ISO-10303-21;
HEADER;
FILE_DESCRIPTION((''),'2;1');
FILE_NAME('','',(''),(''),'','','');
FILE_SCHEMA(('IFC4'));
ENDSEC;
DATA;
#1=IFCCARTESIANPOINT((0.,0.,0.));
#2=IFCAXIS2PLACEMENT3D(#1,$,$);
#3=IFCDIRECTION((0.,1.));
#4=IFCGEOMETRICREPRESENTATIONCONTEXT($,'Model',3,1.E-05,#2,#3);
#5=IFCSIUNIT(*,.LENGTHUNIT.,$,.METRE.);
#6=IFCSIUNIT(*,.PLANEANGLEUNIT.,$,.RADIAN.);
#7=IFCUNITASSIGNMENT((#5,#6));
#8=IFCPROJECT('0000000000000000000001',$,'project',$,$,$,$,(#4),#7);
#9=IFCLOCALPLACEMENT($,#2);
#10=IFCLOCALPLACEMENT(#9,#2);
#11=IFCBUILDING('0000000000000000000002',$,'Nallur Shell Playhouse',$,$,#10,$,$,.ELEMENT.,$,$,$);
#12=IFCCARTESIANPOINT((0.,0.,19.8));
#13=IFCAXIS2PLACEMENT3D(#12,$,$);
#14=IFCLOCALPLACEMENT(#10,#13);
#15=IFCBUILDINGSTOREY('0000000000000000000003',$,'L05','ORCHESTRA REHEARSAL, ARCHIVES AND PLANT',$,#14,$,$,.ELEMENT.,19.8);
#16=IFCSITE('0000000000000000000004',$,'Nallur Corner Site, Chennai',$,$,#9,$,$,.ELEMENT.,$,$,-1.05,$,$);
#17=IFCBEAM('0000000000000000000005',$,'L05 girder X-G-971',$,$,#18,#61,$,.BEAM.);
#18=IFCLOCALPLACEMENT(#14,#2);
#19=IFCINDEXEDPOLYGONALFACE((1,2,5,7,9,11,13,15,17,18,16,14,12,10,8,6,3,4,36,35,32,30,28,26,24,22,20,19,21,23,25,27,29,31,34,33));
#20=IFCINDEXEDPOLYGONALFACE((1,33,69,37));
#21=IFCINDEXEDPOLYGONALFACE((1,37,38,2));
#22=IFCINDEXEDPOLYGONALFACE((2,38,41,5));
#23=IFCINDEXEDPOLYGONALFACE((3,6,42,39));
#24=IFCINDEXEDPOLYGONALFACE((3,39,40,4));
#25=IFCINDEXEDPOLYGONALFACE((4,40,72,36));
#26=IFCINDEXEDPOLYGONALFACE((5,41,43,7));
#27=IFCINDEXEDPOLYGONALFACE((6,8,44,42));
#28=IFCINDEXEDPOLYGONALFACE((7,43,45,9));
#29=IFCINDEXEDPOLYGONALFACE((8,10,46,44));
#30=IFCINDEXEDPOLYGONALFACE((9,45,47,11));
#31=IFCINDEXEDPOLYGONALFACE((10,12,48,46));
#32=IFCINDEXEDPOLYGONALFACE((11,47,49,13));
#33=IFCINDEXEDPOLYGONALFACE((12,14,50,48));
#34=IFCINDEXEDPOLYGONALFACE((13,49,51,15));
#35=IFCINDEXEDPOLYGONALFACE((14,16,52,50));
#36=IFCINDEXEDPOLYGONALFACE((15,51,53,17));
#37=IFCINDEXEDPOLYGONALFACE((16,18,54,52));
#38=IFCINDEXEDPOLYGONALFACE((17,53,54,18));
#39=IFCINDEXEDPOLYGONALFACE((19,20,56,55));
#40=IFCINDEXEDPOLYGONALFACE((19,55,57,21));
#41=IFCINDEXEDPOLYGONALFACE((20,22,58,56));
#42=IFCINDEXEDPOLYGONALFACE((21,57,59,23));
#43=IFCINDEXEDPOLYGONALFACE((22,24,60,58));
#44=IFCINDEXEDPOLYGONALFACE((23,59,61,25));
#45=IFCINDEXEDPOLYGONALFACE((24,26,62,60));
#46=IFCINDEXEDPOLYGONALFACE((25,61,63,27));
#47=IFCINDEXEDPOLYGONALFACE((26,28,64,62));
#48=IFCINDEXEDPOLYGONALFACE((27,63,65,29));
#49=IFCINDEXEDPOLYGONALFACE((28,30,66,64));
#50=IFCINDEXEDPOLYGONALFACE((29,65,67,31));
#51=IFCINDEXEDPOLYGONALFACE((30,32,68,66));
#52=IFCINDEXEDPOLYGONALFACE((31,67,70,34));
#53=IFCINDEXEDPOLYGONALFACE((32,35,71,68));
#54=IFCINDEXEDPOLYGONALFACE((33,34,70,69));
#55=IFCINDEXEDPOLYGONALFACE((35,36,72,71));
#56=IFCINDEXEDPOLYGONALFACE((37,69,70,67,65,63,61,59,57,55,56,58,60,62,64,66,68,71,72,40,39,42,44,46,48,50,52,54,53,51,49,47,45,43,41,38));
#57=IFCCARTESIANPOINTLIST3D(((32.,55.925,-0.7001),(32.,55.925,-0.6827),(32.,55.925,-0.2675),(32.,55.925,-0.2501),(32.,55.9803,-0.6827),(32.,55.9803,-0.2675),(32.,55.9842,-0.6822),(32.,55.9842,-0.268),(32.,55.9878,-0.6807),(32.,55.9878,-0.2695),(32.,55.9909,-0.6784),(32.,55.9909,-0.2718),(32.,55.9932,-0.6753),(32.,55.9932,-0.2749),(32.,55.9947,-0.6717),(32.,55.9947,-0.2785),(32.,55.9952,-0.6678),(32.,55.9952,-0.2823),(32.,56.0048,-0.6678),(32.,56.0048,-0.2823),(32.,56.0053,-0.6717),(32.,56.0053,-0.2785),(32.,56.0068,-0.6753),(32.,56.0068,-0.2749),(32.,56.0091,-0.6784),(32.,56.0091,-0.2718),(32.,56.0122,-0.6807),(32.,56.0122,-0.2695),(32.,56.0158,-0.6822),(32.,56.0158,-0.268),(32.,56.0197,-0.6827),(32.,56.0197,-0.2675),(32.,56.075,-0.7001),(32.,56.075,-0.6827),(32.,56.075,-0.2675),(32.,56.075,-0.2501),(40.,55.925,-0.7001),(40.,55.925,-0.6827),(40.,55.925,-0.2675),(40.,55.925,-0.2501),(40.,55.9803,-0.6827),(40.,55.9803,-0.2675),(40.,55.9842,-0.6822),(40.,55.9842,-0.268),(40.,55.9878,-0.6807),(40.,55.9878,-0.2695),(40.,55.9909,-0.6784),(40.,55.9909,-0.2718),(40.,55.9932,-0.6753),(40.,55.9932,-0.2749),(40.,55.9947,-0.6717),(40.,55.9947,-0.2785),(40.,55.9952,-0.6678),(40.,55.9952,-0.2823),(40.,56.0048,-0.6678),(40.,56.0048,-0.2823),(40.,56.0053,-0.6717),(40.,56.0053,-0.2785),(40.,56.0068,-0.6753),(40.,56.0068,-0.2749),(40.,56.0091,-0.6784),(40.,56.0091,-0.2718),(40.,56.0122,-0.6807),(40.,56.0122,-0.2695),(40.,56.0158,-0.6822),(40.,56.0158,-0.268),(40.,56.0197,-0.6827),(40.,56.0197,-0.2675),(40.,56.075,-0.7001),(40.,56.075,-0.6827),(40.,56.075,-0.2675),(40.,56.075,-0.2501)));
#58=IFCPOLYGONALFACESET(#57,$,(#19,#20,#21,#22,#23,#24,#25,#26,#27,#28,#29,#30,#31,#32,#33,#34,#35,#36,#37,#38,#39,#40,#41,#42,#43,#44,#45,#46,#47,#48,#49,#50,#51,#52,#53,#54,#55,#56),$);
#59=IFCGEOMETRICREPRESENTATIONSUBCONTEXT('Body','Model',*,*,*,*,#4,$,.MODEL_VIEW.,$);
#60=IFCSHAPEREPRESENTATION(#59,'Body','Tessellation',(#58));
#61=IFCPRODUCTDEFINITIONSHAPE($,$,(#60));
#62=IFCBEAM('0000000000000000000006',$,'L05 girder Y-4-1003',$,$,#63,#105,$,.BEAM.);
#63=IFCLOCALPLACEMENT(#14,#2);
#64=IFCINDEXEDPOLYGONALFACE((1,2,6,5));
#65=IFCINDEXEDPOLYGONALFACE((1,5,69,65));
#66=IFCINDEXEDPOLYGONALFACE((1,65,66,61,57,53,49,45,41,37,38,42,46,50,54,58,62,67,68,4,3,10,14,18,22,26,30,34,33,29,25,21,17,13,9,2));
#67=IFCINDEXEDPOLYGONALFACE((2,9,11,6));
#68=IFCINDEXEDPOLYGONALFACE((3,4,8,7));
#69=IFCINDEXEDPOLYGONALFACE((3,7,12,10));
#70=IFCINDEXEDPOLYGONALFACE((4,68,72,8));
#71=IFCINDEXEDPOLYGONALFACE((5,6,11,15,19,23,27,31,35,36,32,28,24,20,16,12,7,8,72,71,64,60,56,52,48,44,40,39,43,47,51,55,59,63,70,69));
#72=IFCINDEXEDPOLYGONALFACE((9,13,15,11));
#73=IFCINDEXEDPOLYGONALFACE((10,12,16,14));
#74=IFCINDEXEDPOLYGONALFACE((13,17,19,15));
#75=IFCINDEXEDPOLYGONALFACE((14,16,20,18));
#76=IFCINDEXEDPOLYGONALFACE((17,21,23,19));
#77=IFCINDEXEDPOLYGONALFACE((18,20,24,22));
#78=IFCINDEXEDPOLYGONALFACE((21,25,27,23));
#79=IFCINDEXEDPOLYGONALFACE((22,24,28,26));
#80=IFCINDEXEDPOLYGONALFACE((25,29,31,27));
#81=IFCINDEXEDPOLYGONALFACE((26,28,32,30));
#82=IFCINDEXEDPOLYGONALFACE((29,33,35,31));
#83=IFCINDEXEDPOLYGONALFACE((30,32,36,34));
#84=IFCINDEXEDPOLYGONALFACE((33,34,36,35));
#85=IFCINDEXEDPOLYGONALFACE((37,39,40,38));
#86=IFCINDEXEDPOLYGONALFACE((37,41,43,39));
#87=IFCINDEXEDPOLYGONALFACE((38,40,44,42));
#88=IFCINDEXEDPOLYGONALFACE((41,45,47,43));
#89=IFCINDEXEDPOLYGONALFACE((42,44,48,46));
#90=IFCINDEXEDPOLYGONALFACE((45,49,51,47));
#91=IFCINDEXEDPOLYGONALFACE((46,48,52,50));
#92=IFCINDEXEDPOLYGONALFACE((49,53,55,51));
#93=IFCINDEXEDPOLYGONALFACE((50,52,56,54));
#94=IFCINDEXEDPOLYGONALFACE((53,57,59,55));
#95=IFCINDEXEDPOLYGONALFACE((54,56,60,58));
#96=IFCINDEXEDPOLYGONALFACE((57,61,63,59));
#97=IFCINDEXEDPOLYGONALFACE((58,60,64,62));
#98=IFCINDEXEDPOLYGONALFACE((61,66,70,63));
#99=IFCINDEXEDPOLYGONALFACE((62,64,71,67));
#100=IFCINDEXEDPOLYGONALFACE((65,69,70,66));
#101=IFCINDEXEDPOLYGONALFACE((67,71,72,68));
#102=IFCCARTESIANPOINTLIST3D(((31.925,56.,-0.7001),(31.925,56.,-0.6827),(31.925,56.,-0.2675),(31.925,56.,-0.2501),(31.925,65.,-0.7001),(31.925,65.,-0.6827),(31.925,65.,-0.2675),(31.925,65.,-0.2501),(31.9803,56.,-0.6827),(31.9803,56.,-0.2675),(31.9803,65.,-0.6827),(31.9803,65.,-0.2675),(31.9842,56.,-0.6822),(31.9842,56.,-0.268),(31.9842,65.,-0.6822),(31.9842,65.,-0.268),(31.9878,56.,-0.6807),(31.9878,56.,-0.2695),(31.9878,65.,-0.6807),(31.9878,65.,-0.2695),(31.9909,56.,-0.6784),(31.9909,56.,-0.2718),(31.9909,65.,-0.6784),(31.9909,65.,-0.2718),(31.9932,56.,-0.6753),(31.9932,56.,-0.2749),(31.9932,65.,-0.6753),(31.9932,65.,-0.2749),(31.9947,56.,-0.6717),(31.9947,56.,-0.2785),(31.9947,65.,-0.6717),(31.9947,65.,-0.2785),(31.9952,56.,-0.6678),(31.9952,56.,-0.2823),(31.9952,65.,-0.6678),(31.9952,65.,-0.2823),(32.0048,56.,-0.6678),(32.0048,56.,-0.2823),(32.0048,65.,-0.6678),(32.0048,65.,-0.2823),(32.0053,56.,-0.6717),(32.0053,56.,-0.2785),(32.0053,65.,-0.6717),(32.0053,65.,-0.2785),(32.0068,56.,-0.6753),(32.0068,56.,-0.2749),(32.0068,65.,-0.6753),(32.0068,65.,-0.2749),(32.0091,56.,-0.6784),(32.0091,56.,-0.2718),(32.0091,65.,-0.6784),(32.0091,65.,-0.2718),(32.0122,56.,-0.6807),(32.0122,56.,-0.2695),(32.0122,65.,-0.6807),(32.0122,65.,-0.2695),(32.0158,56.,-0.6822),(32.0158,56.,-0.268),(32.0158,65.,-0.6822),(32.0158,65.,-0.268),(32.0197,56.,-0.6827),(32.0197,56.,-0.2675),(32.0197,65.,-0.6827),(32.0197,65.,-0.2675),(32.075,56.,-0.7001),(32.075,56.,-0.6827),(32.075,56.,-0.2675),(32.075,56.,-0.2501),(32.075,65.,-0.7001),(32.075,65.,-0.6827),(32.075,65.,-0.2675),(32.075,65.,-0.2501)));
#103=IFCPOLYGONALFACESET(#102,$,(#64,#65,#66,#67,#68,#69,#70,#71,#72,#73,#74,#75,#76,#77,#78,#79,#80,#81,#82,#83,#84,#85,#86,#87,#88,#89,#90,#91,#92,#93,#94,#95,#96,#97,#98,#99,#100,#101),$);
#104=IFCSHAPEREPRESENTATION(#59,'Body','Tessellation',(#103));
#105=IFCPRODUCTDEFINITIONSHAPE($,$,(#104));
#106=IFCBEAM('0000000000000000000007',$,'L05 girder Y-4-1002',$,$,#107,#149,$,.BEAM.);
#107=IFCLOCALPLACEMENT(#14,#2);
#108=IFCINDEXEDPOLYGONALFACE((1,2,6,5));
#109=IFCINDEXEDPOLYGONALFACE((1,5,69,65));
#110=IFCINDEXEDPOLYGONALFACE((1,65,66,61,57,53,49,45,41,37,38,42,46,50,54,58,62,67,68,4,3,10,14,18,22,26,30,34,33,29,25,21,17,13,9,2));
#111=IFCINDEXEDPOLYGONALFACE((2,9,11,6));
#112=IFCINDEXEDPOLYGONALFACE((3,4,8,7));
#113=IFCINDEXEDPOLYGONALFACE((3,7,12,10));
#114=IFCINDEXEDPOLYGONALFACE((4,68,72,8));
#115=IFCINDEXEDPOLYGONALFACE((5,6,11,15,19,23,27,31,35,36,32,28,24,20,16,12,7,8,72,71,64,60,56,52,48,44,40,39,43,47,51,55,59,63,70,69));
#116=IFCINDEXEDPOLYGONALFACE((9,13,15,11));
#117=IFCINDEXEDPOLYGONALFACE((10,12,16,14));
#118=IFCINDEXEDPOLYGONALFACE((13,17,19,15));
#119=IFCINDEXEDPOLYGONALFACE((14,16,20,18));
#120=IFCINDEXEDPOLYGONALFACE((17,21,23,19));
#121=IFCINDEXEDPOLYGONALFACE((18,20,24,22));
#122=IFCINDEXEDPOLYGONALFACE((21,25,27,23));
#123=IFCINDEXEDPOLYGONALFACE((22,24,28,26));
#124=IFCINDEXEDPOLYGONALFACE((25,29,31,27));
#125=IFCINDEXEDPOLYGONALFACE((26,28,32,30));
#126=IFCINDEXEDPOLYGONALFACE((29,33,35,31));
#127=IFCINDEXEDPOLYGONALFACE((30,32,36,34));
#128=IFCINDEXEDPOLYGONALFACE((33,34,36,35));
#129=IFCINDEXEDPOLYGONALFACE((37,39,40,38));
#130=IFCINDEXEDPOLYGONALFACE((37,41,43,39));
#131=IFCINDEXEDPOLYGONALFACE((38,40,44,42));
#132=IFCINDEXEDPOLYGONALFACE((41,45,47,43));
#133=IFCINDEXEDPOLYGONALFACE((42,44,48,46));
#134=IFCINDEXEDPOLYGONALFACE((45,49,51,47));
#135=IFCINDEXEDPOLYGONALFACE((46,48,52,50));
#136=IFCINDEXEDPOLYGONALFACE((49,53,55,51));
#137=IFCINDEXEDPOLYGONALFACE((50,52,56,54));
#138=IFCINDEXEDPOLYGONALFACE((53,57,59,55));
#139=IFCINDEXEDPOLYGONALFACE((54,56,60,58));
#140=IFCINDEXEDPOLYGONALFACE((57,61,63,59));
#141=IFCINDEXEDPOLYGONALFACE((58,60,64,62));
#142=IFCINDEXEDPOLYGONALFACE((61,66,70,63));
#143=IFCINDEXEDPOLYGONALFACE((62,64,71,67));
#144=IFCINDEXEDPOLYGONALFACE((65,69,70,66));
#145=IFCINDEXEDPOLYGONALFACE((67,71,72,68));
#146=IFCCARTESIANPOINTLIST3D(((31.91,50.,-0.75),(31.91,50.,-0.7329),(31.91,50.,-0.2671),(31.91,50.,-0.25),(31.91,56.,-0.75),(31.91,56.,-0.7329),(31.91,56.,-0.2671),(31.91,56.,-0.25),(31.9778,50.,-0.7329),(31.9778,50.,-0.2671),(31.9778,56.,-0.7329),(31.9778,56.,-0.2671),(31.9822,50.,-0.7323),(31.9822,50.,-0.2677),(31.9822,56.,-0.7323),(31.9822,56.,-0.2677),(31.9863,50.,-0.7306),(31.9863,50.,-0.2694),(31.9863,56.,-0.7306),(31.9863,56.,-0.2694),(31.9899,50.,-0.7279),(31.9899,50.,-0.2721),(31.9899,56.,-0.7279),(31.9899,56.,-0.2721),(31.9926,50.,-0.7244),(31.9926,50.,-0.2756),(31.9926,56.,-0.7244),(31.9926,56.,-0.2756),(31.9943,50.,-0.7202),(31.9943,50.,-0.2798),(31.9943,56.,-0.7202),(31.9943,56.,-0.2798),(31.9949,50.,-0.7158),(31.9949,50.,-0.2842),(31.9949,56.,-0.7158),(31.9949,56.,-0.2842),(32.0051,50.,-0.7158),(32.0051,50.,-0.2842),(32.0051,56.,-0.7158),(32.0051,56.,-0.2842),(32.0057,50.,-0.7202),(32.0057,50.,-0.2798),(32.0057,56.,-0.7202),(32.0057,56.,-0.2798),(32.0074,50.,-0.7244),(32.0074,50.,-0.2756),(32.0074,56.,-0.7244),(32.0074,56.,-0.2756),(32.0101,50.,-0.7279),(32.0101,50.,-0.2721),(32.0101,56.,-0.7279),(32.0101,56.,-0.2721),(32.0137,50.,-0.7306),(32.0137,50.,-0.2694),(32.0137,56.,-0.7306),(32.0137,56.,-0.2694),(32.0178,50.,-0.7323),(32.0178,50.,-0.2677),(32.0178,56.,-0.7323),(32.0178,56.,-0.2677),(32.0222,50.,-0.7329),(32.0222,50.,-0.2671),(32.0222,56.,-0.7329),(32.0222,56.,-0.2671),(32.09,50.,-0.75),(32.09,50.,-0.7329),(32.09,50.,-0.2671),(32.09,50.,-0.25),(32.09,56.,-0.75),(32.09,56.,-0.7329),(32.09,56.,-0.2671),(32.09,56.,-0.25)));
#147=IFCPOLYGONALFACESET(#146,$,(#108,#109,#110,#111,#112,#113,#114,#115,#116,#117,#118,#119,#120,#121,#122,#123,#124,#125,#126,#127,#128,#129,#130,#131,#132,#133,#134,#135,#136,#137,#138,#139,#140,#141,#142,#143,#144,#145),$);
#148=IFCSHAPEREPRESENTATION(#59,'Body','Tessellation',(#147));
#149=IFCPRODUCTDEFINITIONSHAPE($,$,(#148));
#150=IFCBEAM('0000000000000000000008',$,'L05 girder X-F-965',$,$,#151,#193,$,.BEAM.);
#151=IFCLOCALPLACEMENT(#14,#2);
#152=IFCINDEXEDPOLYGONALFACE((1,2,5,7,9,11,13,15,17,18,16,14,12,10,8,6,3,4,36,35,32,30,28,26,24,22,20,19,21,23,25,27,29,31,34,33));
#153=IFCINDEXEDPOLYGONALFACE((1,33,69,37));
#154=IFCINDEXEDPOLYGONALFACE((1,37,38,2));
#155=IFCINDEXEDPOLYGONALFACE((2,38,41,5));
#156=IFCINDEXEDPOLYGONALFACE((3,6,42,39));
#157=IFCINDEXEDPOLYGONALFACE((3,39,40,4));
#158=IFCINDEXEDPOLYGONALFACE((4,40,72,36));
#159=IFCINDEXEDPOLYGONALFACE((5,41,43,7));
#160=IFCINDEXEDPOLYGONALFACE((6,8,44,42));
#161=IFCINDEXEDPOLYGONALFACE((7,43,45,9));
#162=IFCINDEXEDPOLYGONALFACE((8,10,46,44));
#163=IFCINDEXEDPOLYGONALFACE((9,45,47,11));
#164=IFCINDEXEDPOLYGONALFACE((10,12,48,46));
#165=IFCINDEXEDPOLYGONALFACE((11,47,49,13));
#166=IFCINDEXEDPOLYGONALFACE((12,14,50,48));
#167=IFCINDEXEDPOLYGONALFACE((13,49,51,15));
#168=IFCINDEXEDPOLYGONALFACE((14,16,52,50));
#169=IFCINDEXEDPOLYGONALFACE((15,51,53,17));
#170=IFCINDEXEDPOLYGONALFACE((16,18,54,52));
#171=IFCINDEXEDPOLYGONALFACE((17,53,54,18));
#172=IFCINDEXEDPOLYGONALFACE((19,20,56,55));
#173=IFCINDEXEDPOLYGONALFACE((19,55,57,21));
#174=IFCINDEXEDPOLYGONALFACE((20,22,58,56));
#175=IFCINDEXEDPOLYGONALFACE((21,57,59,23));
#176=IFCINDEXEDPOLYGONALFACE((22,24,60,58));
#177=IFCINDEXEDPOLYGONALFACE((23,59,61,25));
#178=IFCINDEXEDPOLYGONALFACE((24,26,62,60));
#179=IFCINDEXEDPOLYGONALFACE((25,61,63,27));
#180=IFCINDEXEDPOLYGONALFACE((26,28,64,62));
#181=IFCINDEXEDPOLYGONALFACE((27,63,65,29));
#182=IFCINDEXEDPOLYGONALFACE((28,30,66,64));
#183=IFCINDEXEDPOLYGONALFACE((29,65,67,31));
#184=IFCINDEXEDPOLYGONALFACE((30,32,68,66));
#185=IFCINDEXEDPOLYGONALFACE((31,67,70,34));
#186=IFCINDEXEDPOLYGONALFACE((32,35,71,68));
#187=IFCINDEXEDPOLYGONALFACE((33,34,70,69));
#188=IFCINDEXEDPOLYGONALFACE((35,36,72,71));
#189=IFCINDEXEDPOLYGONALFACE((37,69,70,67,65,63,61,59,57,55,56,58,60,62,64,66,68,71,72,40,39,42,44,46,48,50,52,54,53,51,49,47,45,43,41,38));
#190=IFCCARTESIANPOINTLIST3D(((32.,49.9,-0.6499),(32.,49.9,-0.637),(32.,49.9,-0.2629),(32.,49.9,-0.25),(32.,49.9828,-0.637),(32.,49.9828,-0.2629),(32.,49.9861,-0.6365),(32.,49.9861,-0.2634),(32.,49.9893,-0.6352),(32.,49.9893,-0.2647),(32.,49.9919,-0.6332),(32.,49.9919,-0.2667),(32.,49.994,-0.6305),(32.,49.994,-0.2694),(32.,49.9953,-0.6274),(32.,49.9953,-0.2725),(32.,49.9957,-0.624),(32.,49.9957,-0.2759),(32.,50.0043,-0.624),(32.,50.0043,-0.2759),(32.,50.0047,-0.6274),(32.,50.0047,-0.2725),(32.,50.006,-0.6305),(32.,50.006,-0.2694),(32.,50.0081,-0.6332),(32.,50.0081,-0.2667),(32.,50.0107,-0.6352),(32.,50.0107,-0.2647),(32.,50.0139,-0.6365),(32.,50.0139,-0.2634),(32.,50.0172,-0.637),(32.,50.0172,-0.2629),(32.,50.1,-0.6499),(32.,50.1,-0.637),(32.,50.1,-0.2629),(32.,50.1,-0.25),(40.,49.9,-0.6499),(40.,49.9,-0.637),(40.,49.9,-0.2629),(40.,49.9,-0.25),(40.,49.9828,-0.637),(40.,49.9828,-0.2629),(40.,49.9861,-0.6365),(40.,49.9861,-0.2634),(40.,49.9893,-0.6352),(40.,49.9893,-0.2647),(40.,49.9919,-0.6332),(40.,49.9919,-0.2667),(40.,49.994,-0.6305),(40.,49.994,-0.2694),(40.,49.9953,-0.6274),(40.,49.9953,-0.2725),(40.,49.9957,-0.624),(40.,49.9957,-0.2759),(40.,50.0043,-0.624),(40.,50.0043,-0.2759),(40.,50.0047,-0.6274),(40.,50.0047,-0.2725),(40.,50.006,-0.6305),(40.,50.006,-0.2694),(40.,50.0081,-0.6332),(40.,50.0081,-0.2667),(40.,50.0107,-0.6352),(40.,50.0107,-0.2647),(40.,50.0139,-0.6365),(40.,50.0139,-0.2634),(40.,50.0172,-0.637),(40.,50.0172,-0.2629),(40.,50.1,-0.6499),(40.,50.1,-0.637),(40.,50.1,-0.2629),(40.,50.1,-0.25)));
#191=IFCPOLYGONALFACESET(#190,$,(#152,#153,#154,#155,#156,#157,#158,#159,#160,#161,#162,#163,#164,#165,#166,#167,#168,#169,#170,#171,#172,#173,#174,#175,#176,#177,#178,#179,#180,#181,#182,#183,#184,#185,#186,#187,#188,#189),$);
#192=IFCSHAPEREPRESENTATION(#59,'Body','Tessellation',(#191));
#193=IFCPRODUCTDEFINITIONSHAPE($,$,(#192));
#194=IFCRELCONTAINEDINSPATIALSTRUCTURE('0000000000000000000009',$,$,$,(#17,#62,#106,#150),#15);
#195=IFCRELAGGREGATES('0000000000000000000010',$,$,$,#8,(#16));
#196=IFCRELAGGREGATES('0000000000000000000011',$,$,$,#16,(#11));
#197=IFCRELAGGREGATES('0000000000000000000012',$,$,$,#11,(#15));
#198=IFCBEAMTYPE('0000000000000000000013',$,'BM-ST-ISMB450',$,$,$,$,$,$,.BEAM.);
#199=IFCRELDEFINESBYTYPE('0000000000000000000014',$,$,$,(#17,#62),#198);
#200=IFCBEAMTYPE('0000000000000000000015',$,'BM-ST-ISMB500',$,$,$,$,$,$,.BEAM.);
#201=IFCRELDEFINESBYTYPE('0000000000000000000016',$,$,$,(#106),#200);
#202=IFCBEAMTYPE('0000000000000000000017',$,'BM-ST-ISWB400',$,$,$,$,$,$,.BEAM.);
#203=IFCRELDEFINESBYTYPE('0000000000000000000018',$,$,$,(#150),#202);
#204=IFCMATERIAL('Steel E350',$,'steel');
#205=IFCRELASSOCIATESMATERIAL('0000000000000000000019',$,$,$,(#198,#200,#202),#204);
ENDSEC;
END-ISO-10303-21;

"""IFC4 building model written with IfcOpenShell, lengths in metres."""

from ifc_helpers import new_model, si_unit, direction, frame, origin, origin_2d, place, context, subcontext, project, spatial, i_section, extrude, material, material_profile, profile_set, type_object, element, save


model = new_model("IFC4")

# Units and contexts
model_context = context("Model", 3, precision=1e-05, world=origin(), true_north=direction((0.0, 1.0)))
body_context = subcontext(model_context, "Body", "Model", "MODEL_VIEW")
ifc_project = project(units=[si_unit("LENGTHUNIT", "METRE"), si_unit("PLANEANGLEUNIT", "RADIAN")], contexts=[model_context])

# Site, building, storey
site_placement = place(None, origin())
site = spatial("IfcSite", under=ifc_project, at=site_placement, Name="Nallur Corner Site, Chennai", CompositionType="ELEMENT", RefElevation=-1.05)
building_placement = place(site_placement, origin())
building = spatial("IfcBuilding", under=site, at=building_placement, Name="Nallur Shell Playhouse", CompositionType="ELEMENT")
storey_placement = place(building_placement, frame((0.0, 0.0, 19.8)))
storey = spatial("IfcBuildingStorey", under=building, at=storey_placement, Name="L05", Description="ORCHESTRA REHEARSAL, ARCHIVES AND PLANT", CompositionType="ELEMENT", Elevation=19.8)

# Beams
ifc_material_1 = material(Name="Steel E350", Category="steel")
ifc_material_profile_1 = material_profile(ifc_material_1, i_section(OverallWidth=0.1499, OverallDepth=0.45, WebThickness=0.0095, FlangeThickness=0.0173, FilletRadius=0.0149, at=origin_2d()), Name="ISMB 450")
ifc_profile_set_1 = profile_set([ifc_material_profile_1], Name="Steel E350")
beam_type_1 = type_object("IfcBeamType", Name="BM-ST-ISMB450", PredefinedType="BEAM", material=ifc_profile_set_1)
beam_1_placement = place(storey_placement, frame((32.0, 56.0, -0.4751), z_axis=(1.0, 0.0, 0.0), x_axis=(0.0, 1.0, 0.0)))
element("IfcBeam", 1, at=beam_1_placement, inside=storey, type_object=beam_type_1, Name="L05 girder X-G-971", PredefinedType="BEAM", context=body_context, shape_type="SweptSolid", body=[
    extrude(i_section(OverallWidth=0.1499, OverallDepth=0.45, WebThickness=0.0095, FlangeThickness=0.0173, FilletRadius=0.0149, at=origin_2d()), origin(), (0.0, 0.0, 1.0), 8.0),
])
beam_2_placement = place(storey_placement, frame((32.0, 56.0, -0.4751), z_axis=(0.0, 1.0, 0.0), x_axis=(-1.0, 0.0, 0.0)))
element("IfcBeam", 2, at=beam_2_placement, inside=storey, type_object=beam_type_1, Name="L05 girder Y-4-1003", PredefinedType="BEAM", context=body_context, shape_type="SweptSolid", body=[
    extrude(i_section(OverallWidth=0.1499, OverallDepth=0.45, WebThickness=0.0095, FlangeThickness=0.0173, FilletRadius=0.0149, at=origin_2d()), origin(), (0.0, 0.0, 1.0), 9.0),
])
ifc_material_profile_2 = material_profile(ifc_material_1, i_section(OverallWidth=0.1799, OverallDepth=0.5, WebThickness=0.0103, FlangeThickness=0.0171, FilletRadius=0.0171, at=origin_2d()), Name="ISMB 500")
ifc_profile_set_2 = profile_set([ifc_material_profile_2], Name="Steel E350")
beam_type_2 = type_object("IfcBeamType", Name="BM-ST-ISMB500", PredefinedType="BEAM", material=ifc_profile_set_2)
beam_3_placement = place(storey_placement, frame((32.0, 50.0, -0.5), z_axis=(0.0, 1.0, 0.0), x_axis=(-1.0, 0.0, 0.0)))
element("IfcBeam", 3, at=beam_3_placement, inside=storey, type_object=beam_type_2, Name="L05 girder Y-4-1002", PredefinedType="BEAM", context=body_context, shape_type="SweptSolid", body=[
    extrude(i_section(OverallWidth=0.1799, OverallDepth=0.5, WebThickness=0.0103, FlangeThickness=0.0171, FilletRadius=0.0171, at=origin_2d()), origin(), (0.0, 0.0, 1.0), 6.0),
])
ifc_material_profile_3 = material_profile(ifc_material_1, i_section(OverallWidth=0.2, OverallDepth=0.3999, WebThickness=0.0085, FlangeThickness=0.0129, FilletRadius=0.0129, at=origin_2d()), Name="ISWB 400")
ifc_profile_set_3 = profile_set([ifc_material_profile_3], Name="Steel E350")
beam_type_3 = type_object("IfcBeamType", Name="BM-ST-ISWB400", PredefinedType="BEAM", material=ifc_profile_set_3)
beam_4_placement = place(storey_placement, frame((32.0, 50.0, -0.45), z_axis=(1.0, 0.0, 0.0), x_axis=(0.0, 1.0, 0.0)))
element("IfcBeam", 4, at=beam_4_placement, inside=storey, type_object=beam_type_3, Name="L05 girder X-F-965", PredefinedType="BEAM", context=body_context, shape_type="SweptSolid", body=[
    extrude(i_section(OverallWidth=0.2, OverallDepth=0.3999, WebThickness=0.0085, FlangeThickness=0.0129, FilletRadius=0.0129, at=origin_2d()), origin(), (0.0, 0.0, 1.0), 8.0),
])

save(model, "model.ifc")
